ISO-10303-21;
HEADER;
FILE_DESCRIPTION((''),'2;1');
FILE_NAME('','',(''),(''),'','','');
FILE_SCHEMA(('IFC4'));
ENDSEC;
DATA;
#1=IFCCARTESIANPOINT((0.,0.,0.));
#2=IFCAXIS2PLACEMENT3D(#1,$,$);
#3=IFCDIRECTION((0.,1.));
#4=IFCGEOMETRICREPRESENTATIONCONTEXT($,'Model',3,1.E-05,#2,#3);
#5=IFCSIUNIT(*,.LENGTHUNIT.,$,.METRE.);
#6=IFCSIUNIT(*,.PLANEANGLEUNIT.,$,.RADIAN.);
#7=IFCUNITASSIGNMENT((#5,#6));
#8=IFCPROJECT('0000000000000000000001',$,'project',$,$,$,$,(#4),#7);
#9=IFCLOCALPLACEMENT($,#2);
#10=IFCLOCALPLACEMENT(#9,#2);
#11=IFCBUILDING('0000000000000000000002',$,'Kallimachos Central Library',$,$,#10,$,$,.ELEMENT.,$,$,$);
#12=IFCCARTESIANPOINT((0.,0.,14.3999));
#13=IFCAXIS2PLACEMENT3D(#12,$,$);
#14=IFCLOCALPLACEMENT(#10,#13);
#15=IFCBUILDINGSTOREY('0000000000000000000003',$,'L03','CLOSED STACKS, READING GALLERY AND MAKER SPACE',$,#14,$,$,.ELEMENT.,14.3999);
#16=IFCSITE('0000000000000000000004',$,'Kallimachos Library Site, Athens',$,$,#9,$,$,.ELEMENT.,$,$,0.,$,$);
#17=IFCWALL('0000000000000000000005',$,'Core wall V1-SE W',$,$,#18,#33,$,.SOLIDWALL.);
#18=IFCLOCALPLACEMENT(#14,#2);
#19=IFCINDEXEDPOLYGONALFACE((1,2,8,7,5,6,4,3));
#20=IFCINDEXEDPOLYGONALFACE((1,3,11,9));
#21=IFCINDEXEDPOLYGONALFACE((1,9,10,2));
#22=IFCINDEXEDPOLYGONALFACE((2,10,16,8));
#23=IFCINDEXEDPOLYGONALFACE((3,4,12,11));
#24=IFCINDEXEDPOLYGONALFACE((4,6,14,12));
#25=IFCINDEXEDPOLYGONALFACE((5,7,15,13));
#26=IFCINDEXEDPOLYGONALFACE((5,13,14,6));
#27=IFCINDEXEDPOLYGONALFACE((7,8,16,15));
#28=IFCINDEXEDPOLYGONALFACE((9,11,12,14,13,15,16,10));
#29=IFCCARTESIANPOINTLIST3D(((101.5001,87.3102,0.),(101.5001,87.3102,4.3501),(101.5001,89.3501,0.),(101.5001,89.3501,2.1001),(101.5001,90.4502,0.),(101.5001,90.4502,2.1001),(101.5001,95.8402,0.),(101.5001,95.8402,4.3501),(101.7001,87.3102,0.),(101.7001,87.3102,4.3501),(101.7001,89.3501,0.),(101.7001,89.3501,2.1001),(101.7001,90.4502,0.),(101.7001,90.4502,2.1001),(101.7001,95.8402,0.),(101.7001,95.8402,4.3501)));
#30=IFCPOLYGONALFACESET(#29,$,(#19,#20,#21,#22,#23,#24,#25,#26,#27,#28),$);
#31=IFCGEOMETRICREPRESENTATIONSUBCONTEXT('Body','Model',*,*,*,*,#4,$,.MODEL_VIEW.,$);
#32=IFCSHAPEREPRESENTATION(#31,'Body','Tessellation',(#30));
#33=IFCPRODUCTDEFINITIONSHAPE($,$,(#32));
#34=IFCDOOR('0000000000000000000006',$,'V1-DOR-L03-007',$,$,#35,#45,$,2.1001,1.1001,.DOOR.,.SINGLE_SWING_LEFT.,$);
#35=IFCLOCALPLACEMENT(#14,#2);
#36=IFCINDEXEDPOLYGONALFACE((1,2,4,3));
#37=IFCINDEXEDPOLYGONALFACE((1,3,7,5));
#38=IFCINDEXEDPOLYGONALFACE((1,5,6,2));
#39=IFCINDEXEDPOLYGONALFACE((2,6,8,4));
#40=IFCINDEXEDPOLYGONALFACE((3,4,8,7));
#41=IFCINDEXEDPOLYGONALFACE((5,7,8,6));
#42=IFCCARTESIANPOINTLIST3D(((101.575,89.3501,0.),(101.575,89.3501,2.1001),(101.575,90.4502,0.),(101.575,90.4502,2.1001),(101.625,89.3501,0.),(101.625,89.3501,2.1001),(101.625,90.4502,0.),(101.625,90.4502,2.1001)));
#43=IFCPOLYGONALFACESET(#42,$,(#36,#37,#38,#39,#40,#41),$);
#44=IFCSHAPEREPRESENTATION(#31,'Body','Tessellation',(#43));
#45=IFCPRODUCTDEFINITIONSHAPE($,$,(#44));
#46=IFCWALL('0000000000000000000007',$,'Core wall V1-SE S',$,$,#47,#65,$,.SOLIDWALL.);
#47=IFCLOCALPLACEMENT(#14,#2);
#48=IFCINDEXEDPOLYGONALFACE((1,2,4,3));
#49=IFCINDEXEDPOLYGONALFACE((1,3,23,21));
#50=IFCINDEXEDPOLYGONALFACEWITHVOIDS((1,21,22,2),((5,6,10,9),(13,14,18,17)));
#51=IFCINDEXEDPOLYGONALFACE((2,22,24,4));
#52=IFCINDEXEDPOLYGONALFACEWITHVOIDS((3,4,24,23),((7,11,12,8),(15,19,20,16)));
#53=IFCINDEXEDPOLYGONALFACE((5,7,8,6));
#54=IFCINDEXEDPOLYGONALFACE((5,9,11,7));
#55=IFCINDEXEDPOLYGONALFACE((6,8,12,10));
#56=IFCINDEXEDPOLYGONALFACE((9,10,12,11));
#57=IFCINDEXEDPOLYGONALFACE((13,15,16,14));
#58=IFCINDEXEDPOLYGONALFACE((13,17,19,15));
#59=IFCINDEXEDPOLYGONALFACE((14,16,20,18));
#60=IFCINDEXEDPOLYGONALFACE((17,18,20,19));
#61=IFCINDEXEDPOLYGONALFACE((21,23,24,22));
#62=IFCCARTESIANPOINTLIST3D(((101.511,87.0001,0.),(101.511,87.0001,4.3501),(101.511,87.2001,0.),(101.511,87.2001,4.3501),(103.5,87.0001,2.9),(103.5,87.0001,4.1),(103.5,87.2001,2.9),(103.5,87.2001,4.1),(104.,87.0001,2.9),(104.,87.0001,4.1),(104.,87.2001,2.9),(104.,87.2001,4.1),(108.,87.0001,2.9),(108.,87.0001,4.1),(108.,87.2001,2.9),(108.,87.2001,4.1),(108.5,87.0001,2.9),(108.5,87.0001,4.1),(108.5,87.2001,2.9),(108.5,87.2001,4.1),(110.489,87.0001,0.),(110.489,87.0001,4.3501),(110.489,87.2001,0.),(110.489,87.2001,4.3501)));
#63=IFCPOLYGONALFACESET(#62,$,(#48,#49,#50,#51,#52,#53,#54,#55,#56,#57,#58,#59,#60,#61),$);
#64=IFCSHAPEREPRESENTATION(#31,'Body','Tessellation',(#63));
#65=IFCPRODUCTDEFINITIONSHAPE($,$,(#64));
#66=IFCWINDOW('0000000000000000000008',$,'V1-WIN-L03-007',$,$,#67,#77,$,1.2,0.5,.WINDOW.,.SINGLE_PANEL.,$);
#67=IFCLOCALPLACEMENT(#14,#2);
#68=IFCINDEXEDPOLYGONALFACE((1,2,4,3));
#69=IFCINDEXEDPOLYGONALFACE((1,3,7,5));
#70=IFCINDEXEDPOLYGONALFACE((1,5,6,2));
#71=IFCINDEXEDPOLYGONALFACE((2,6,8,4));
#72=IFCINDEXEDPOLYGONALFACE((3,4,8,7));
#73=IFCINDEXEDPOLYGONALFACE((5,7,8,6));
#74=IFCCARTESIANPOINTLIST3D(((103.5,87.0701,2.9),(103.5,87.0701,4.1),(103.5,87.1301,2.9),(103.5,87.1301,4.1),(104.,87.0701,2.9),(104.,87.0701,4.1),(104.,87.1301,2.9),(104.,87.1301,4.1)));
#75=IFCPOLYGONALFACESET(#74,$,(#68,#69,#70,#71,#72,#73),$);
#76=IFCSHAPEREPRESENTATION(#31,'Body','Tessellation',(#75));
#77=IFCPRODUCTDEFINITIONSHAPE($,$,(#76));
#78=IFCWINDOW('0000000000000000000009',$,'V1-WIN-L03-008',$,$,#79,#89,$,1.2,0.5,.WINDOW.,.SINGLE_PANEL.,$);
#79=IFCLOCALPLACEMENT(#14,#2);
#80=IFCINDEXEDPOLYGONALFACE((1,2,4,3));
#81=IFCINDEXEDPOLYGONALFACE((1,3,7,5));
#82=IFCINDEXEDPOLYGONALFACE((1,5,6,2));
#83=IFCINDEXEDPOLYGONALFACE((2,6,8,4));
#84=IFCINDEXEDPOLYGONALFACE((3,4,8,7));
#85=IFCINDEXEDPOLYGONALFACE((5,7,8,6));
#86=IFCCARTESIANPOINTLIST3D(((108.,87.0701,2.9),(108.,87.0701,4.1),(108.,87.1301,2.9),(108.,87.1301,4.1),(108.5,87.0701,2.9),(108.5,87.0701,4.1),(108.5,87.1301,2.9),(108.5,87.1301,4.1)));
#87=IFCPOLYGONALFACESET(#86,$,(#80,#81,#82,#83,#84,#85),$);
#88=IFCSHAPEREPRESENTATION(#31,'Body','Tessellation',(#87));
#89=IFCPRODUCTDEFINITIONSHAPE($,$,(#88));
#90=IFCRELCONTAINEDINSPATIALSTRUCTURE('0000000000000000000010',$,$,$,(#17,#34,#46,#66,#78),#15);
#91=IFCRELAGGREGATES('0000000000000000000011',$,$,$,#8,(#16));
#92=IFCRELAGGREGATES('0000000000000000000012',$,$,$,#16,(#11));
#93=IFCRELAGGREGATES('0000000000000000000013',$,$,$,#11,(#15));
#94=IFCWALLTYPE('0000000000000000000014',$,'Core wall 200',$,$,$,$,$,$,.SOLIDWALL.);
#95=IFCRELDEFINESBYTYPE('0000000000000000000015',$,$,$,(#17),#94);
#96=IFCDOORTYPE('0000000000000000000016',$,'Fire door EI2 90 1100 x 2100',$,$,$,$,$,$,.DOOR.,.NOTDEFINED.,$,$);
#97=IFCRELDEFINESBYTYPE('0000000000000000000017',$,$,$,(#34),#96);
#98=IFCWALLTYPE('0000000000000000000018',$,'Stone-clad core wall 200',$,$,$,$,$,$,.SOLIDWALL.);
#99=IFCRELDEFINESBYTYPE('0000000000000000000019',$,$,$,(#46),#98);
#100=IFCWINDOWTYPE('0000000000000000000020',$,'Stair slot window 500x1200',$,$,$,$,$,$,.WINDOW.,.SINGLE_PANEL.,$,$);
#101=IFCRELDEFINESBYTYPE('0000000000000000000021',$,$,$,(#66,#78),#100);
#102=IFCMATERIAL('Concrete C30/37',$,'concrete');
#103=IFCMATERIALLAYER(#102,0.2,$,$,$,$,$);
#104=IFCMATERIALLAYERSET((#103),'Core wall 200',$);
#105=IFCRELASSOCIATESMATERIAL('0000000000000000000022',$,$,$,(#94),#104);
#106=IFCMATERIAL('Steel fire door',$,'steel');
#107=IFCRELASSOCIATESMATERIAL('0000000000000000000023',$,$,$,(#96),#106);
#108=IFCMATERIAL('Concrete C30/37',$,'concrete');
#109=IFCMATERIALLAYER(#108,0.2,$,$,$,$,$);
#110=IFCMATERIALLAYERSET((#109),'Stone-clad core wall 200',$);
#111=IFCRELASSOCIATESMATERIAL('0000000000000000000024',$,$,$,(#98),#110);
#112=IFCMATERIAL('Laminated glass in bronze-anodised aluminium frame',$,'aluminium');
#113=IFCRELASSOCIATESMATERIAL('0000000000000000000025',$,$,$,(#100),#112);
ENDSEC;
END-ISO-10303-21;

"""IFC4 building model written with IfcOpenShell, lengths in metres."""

from ifc_helpers import new_model, si_unit, direction, frame, frame_2d, origin, place, context, subcontext, project, spatial, rectangle, extrude, material, layer, layer_set, type_object, element, fill, save


model = new_model("IFC4")

# Units and contexts
model_context = context("Model", 3, precision=1e-05, world=origin(), true_north=direction((0.0, 1.0)))
body_context = subcontext(model_context, "Body", "Model", "MODEL_VIEW")
ifc_project = project(units=[si_unit("LENGTHUNIT", "METRE"), si_unit("PLANEANGLEUNIT", "RADIAN")], contexts=[model_context])

# Site, building, storey
site_placement = place(None, origin())
site = spatial("IfcSite", under=ifc_project, at=site_placement, Name="Kallimachos Library Site, Athens", CompositionType="ELEMENT", RefElevation=0.0)
building_placement = place(site_placement, origin())
building = spatial("IfcBuilding", under=site, at=building_placement, Name="Kallimachos Central Library", CompositionType="ELEMENT")
storey_placement = place(building_placement, frame((0.0, 0.0, 14.3999)))
storey = spatial("IfcBuildingStorey", under=building, at=storey_placement, Name="L03", Description="CLOSED STACKS, READING GALLERY AND MAKER SPACE", CompositionType="ELEMENT", Elevation=14.3999)

# Wall, opening, door
ifc_material_1 = material(Name="Concrete C30/37", Category="concrete")
ifc_layer_1 = layer(ifc_material_1, 0.2)
ifc_layer_set_1 = layer_set([ifc_layer_1], Name="Core wall 200")
wall_type_1 = type_object("IfcWallType", Name="Core wall 200", PredefinedType="SOLIDWALL", material=ifc_layer_set_1)
wall_1_placement = place(storey_placement, frame((101.6001, 87.3101, 0.0), z_axis=(0.0, 0.0, 1.0), x_axis=(0.0, 1.0, 0.0)))
wall_1 = element("IfcWall", 1, at=wall_1_placement, inside=storey, type_object=wall_type_1, Name="Core wall V1-SE W", PredefinedType="SOLIDWALL", context=body_context, shape_type="SweptSolid", body=[
    extrude(rectangle(XDim=8.53, YDim=0.2, at=frame_2d((4.2651, 0.0))), origin(), (0.0, 0.0, 1.0), 4.3501),
])
opening_1_placement = place(wall_1_placement, frame((2.04, 0.0, 0.0)))
opening_1 = element("IfcOpeningElement", 2, at=opening_1_placement, cuts=wall_1, PredefinedType="OPENING", context=body_context, shape_type="SweptSolid", body=[
    extrude(rectangle(XDim=1.1001, YDim=2.1001, at=frame_2d((0.55, 1.05))), frame((0.0, 0.1099, 0.0), z_axis=(0.0, -1.0, 0.0), x_axis=(1.0, 0.0, 0.0)), (0.0, 0.0, 1.0), 0.22),
])
ifc_material_2 = material(Name="Steel fire door", Category="steel")
door_type = type_object("IfcDoorType", Name="Fire door EI2 90 1100 x 2100", OperationType="NOTDEFINED", PredefinedType="DOOR", material=ifc_material_2)
door_placement = place(opening_1_placement, frame((1.1001, 0.0, 0.0), z_axis=(0.0, 0.0, 1.0), x_axis=(-1.0, 0.0, 0.0)))
door = element("IfcDoor", 3, at=door_placement, inside=storey, type_object=door_type, Name="V1-DOR-L03-007", OperationType="SINGLE_SWING_LEFT", OverallHeight=2.1001, OverallWidth=1.1001, PredefinedType="DOOR", context=body_context, shape_type="SweptSolid", body=[
    extrude(rectangle(XDim=1.1001, YDim=2.1001, at=frame_2d((0.55, 1.05))), frame((0.0, 0.0249, 0.0), z_axis=(0.0, -1.0, 0.0), x_axis=(1.0, 0.0, 0.0)), (0.0, 0.0, 1.0), 0.05),
])
fill(opening_1, door)

# Wall, openings, windows
ifc_material_3 = material(Name="Concrete C30/37", Category="concrete")
ifc_layer_2 = layer(ifc_material_3, 0.2)
ifc_layer_set_2 = layer_set([ifc_layer_2], Name="Stone-clad core wall 200")
wall_type_2 = type_object("IfcWallType", Name="Stone-clad core wall 200", PredefinedType="SOLIDWALL", material=ifc_layer_set_2)
wall_2_placement = place(storey_placement, frame((101.511, 87.1001, 0.0), z_axis=(0.0, 0.0, 1.0), x_axis=(1.0, 0.0, 0.0)))
wall_2 = element("IfcWall", 4, at=wall_2_placement, inside=storey, type_object=wall_type_2, Name="Core wall V1-SE S", PredefinedType="SOLIDWALL", context=body_context, shape_type="SweptSolid", body=[
    extrude(rectangle(XDim=8.978, YDim=0.2, at=frame_2d((4.489, 0.0))), origin(), (0.0, 0.0, 1.0), 4.3501),
])
opening_2_placement = place(wall_2_placement, frame((1.989, 0.0, 2.8999)))
opening_2 = element("IfcOpeningElement", 5, at=opening_2_placement, cuts=wall_2, PredefinedType="OPENING", context=body_context, shape_type="SweptSolid", body=[
    extrude(rectangle(XDim=0.5, YDim=1.2, at=frame_2d((0.25, 0.6001))), frame((0.0, 0.1099, 0.0), z_axis=(0.0, -1.0, 0.0), x_axis=(1.0, 0.0, 0.0)), (0.0, 0.0, 1.0), 0.22),
])
opening_3_placement = place(wall_2_placement, frame((6.489, 0.0, 2.8999)))
opening_3 = element("IfcOpeningElement", 6, at=opening_3_placement, cuts=wall_2, PredefinedType="OPENING", context=body_context, shape_type="SweptSolid", body=[
    extrude(rectangle(XDim=0.5, YDim=1.2, at=frame_2d((0.25, 0.6001))), frame((0.0, 0.1099, 0.0), z_axis=(0.0, -1.0, 0.0), x_axis=(1.0, 0.0, 0.0)), (0.0, 0.0, 1.0), 0.22),
])
ifc_material_4 = material(Name="Laminated glass in bronze-anodised aluminium frame", Category="aluminium")
window_type = type_object("IfcWindowType", Name="Stair slot window 500x1200", PartitioningType="SINGLE_PANEL", PredefinedType="WINDOW", material=ifc_material_4)
window_1_placement = place(opening_2_placement, origin())
window_1 = element("IfcWindow", 7, at=window_1_placement, inside=storey, type_object=window_type, Name="V1-WIN-L03-007", OverallHeight=1.2, OverallWidth=0.5, PartitioningType="SINGLE_PANEL", PredefinedType="WINDOW", context=body_context, shape_type="SweptSolid", body=[
    extrude(rectangle(XDim=0.5, YDim=1.2, at=frame_2d((0.25, 0.6001))), frame((0.0, 0.03, 0.0), z_axis=(0.0, -1.0, 0.0), x_axis=(1.0, 0.0, 0.0)), (0.0, 0.0, 1.0), 0.0601),
])
fill(opening_2, window_1)
window_2_placement = place(opening_3_placement, origin())
window_2 = element("IfcWindow", 8, at=window_2_placement, inside=storey, type_object=window_type, Name="V1-WIN-L03-008", OverallHeight=1.2, OverallWidth=0.5, PartitioningType="SINGLE_PANEL", PredefinedType="WINDOW", context=body_context, shape_type="SweptSolid", body=[
    extrude(rectangle(XDim=0.5, YDim=1.2, at=frame_2d((0.25, 0.6001))), frame((0.0, 0.03, 0.0), z_axis=(0.0, -1.0, 0.0), x_axis=(1.0, 0.0, 0.0)), (0.0, 0.0, 1.0), 0.0601),
])
fill(opening_3, window_2)

save(model, "model.ifc")
